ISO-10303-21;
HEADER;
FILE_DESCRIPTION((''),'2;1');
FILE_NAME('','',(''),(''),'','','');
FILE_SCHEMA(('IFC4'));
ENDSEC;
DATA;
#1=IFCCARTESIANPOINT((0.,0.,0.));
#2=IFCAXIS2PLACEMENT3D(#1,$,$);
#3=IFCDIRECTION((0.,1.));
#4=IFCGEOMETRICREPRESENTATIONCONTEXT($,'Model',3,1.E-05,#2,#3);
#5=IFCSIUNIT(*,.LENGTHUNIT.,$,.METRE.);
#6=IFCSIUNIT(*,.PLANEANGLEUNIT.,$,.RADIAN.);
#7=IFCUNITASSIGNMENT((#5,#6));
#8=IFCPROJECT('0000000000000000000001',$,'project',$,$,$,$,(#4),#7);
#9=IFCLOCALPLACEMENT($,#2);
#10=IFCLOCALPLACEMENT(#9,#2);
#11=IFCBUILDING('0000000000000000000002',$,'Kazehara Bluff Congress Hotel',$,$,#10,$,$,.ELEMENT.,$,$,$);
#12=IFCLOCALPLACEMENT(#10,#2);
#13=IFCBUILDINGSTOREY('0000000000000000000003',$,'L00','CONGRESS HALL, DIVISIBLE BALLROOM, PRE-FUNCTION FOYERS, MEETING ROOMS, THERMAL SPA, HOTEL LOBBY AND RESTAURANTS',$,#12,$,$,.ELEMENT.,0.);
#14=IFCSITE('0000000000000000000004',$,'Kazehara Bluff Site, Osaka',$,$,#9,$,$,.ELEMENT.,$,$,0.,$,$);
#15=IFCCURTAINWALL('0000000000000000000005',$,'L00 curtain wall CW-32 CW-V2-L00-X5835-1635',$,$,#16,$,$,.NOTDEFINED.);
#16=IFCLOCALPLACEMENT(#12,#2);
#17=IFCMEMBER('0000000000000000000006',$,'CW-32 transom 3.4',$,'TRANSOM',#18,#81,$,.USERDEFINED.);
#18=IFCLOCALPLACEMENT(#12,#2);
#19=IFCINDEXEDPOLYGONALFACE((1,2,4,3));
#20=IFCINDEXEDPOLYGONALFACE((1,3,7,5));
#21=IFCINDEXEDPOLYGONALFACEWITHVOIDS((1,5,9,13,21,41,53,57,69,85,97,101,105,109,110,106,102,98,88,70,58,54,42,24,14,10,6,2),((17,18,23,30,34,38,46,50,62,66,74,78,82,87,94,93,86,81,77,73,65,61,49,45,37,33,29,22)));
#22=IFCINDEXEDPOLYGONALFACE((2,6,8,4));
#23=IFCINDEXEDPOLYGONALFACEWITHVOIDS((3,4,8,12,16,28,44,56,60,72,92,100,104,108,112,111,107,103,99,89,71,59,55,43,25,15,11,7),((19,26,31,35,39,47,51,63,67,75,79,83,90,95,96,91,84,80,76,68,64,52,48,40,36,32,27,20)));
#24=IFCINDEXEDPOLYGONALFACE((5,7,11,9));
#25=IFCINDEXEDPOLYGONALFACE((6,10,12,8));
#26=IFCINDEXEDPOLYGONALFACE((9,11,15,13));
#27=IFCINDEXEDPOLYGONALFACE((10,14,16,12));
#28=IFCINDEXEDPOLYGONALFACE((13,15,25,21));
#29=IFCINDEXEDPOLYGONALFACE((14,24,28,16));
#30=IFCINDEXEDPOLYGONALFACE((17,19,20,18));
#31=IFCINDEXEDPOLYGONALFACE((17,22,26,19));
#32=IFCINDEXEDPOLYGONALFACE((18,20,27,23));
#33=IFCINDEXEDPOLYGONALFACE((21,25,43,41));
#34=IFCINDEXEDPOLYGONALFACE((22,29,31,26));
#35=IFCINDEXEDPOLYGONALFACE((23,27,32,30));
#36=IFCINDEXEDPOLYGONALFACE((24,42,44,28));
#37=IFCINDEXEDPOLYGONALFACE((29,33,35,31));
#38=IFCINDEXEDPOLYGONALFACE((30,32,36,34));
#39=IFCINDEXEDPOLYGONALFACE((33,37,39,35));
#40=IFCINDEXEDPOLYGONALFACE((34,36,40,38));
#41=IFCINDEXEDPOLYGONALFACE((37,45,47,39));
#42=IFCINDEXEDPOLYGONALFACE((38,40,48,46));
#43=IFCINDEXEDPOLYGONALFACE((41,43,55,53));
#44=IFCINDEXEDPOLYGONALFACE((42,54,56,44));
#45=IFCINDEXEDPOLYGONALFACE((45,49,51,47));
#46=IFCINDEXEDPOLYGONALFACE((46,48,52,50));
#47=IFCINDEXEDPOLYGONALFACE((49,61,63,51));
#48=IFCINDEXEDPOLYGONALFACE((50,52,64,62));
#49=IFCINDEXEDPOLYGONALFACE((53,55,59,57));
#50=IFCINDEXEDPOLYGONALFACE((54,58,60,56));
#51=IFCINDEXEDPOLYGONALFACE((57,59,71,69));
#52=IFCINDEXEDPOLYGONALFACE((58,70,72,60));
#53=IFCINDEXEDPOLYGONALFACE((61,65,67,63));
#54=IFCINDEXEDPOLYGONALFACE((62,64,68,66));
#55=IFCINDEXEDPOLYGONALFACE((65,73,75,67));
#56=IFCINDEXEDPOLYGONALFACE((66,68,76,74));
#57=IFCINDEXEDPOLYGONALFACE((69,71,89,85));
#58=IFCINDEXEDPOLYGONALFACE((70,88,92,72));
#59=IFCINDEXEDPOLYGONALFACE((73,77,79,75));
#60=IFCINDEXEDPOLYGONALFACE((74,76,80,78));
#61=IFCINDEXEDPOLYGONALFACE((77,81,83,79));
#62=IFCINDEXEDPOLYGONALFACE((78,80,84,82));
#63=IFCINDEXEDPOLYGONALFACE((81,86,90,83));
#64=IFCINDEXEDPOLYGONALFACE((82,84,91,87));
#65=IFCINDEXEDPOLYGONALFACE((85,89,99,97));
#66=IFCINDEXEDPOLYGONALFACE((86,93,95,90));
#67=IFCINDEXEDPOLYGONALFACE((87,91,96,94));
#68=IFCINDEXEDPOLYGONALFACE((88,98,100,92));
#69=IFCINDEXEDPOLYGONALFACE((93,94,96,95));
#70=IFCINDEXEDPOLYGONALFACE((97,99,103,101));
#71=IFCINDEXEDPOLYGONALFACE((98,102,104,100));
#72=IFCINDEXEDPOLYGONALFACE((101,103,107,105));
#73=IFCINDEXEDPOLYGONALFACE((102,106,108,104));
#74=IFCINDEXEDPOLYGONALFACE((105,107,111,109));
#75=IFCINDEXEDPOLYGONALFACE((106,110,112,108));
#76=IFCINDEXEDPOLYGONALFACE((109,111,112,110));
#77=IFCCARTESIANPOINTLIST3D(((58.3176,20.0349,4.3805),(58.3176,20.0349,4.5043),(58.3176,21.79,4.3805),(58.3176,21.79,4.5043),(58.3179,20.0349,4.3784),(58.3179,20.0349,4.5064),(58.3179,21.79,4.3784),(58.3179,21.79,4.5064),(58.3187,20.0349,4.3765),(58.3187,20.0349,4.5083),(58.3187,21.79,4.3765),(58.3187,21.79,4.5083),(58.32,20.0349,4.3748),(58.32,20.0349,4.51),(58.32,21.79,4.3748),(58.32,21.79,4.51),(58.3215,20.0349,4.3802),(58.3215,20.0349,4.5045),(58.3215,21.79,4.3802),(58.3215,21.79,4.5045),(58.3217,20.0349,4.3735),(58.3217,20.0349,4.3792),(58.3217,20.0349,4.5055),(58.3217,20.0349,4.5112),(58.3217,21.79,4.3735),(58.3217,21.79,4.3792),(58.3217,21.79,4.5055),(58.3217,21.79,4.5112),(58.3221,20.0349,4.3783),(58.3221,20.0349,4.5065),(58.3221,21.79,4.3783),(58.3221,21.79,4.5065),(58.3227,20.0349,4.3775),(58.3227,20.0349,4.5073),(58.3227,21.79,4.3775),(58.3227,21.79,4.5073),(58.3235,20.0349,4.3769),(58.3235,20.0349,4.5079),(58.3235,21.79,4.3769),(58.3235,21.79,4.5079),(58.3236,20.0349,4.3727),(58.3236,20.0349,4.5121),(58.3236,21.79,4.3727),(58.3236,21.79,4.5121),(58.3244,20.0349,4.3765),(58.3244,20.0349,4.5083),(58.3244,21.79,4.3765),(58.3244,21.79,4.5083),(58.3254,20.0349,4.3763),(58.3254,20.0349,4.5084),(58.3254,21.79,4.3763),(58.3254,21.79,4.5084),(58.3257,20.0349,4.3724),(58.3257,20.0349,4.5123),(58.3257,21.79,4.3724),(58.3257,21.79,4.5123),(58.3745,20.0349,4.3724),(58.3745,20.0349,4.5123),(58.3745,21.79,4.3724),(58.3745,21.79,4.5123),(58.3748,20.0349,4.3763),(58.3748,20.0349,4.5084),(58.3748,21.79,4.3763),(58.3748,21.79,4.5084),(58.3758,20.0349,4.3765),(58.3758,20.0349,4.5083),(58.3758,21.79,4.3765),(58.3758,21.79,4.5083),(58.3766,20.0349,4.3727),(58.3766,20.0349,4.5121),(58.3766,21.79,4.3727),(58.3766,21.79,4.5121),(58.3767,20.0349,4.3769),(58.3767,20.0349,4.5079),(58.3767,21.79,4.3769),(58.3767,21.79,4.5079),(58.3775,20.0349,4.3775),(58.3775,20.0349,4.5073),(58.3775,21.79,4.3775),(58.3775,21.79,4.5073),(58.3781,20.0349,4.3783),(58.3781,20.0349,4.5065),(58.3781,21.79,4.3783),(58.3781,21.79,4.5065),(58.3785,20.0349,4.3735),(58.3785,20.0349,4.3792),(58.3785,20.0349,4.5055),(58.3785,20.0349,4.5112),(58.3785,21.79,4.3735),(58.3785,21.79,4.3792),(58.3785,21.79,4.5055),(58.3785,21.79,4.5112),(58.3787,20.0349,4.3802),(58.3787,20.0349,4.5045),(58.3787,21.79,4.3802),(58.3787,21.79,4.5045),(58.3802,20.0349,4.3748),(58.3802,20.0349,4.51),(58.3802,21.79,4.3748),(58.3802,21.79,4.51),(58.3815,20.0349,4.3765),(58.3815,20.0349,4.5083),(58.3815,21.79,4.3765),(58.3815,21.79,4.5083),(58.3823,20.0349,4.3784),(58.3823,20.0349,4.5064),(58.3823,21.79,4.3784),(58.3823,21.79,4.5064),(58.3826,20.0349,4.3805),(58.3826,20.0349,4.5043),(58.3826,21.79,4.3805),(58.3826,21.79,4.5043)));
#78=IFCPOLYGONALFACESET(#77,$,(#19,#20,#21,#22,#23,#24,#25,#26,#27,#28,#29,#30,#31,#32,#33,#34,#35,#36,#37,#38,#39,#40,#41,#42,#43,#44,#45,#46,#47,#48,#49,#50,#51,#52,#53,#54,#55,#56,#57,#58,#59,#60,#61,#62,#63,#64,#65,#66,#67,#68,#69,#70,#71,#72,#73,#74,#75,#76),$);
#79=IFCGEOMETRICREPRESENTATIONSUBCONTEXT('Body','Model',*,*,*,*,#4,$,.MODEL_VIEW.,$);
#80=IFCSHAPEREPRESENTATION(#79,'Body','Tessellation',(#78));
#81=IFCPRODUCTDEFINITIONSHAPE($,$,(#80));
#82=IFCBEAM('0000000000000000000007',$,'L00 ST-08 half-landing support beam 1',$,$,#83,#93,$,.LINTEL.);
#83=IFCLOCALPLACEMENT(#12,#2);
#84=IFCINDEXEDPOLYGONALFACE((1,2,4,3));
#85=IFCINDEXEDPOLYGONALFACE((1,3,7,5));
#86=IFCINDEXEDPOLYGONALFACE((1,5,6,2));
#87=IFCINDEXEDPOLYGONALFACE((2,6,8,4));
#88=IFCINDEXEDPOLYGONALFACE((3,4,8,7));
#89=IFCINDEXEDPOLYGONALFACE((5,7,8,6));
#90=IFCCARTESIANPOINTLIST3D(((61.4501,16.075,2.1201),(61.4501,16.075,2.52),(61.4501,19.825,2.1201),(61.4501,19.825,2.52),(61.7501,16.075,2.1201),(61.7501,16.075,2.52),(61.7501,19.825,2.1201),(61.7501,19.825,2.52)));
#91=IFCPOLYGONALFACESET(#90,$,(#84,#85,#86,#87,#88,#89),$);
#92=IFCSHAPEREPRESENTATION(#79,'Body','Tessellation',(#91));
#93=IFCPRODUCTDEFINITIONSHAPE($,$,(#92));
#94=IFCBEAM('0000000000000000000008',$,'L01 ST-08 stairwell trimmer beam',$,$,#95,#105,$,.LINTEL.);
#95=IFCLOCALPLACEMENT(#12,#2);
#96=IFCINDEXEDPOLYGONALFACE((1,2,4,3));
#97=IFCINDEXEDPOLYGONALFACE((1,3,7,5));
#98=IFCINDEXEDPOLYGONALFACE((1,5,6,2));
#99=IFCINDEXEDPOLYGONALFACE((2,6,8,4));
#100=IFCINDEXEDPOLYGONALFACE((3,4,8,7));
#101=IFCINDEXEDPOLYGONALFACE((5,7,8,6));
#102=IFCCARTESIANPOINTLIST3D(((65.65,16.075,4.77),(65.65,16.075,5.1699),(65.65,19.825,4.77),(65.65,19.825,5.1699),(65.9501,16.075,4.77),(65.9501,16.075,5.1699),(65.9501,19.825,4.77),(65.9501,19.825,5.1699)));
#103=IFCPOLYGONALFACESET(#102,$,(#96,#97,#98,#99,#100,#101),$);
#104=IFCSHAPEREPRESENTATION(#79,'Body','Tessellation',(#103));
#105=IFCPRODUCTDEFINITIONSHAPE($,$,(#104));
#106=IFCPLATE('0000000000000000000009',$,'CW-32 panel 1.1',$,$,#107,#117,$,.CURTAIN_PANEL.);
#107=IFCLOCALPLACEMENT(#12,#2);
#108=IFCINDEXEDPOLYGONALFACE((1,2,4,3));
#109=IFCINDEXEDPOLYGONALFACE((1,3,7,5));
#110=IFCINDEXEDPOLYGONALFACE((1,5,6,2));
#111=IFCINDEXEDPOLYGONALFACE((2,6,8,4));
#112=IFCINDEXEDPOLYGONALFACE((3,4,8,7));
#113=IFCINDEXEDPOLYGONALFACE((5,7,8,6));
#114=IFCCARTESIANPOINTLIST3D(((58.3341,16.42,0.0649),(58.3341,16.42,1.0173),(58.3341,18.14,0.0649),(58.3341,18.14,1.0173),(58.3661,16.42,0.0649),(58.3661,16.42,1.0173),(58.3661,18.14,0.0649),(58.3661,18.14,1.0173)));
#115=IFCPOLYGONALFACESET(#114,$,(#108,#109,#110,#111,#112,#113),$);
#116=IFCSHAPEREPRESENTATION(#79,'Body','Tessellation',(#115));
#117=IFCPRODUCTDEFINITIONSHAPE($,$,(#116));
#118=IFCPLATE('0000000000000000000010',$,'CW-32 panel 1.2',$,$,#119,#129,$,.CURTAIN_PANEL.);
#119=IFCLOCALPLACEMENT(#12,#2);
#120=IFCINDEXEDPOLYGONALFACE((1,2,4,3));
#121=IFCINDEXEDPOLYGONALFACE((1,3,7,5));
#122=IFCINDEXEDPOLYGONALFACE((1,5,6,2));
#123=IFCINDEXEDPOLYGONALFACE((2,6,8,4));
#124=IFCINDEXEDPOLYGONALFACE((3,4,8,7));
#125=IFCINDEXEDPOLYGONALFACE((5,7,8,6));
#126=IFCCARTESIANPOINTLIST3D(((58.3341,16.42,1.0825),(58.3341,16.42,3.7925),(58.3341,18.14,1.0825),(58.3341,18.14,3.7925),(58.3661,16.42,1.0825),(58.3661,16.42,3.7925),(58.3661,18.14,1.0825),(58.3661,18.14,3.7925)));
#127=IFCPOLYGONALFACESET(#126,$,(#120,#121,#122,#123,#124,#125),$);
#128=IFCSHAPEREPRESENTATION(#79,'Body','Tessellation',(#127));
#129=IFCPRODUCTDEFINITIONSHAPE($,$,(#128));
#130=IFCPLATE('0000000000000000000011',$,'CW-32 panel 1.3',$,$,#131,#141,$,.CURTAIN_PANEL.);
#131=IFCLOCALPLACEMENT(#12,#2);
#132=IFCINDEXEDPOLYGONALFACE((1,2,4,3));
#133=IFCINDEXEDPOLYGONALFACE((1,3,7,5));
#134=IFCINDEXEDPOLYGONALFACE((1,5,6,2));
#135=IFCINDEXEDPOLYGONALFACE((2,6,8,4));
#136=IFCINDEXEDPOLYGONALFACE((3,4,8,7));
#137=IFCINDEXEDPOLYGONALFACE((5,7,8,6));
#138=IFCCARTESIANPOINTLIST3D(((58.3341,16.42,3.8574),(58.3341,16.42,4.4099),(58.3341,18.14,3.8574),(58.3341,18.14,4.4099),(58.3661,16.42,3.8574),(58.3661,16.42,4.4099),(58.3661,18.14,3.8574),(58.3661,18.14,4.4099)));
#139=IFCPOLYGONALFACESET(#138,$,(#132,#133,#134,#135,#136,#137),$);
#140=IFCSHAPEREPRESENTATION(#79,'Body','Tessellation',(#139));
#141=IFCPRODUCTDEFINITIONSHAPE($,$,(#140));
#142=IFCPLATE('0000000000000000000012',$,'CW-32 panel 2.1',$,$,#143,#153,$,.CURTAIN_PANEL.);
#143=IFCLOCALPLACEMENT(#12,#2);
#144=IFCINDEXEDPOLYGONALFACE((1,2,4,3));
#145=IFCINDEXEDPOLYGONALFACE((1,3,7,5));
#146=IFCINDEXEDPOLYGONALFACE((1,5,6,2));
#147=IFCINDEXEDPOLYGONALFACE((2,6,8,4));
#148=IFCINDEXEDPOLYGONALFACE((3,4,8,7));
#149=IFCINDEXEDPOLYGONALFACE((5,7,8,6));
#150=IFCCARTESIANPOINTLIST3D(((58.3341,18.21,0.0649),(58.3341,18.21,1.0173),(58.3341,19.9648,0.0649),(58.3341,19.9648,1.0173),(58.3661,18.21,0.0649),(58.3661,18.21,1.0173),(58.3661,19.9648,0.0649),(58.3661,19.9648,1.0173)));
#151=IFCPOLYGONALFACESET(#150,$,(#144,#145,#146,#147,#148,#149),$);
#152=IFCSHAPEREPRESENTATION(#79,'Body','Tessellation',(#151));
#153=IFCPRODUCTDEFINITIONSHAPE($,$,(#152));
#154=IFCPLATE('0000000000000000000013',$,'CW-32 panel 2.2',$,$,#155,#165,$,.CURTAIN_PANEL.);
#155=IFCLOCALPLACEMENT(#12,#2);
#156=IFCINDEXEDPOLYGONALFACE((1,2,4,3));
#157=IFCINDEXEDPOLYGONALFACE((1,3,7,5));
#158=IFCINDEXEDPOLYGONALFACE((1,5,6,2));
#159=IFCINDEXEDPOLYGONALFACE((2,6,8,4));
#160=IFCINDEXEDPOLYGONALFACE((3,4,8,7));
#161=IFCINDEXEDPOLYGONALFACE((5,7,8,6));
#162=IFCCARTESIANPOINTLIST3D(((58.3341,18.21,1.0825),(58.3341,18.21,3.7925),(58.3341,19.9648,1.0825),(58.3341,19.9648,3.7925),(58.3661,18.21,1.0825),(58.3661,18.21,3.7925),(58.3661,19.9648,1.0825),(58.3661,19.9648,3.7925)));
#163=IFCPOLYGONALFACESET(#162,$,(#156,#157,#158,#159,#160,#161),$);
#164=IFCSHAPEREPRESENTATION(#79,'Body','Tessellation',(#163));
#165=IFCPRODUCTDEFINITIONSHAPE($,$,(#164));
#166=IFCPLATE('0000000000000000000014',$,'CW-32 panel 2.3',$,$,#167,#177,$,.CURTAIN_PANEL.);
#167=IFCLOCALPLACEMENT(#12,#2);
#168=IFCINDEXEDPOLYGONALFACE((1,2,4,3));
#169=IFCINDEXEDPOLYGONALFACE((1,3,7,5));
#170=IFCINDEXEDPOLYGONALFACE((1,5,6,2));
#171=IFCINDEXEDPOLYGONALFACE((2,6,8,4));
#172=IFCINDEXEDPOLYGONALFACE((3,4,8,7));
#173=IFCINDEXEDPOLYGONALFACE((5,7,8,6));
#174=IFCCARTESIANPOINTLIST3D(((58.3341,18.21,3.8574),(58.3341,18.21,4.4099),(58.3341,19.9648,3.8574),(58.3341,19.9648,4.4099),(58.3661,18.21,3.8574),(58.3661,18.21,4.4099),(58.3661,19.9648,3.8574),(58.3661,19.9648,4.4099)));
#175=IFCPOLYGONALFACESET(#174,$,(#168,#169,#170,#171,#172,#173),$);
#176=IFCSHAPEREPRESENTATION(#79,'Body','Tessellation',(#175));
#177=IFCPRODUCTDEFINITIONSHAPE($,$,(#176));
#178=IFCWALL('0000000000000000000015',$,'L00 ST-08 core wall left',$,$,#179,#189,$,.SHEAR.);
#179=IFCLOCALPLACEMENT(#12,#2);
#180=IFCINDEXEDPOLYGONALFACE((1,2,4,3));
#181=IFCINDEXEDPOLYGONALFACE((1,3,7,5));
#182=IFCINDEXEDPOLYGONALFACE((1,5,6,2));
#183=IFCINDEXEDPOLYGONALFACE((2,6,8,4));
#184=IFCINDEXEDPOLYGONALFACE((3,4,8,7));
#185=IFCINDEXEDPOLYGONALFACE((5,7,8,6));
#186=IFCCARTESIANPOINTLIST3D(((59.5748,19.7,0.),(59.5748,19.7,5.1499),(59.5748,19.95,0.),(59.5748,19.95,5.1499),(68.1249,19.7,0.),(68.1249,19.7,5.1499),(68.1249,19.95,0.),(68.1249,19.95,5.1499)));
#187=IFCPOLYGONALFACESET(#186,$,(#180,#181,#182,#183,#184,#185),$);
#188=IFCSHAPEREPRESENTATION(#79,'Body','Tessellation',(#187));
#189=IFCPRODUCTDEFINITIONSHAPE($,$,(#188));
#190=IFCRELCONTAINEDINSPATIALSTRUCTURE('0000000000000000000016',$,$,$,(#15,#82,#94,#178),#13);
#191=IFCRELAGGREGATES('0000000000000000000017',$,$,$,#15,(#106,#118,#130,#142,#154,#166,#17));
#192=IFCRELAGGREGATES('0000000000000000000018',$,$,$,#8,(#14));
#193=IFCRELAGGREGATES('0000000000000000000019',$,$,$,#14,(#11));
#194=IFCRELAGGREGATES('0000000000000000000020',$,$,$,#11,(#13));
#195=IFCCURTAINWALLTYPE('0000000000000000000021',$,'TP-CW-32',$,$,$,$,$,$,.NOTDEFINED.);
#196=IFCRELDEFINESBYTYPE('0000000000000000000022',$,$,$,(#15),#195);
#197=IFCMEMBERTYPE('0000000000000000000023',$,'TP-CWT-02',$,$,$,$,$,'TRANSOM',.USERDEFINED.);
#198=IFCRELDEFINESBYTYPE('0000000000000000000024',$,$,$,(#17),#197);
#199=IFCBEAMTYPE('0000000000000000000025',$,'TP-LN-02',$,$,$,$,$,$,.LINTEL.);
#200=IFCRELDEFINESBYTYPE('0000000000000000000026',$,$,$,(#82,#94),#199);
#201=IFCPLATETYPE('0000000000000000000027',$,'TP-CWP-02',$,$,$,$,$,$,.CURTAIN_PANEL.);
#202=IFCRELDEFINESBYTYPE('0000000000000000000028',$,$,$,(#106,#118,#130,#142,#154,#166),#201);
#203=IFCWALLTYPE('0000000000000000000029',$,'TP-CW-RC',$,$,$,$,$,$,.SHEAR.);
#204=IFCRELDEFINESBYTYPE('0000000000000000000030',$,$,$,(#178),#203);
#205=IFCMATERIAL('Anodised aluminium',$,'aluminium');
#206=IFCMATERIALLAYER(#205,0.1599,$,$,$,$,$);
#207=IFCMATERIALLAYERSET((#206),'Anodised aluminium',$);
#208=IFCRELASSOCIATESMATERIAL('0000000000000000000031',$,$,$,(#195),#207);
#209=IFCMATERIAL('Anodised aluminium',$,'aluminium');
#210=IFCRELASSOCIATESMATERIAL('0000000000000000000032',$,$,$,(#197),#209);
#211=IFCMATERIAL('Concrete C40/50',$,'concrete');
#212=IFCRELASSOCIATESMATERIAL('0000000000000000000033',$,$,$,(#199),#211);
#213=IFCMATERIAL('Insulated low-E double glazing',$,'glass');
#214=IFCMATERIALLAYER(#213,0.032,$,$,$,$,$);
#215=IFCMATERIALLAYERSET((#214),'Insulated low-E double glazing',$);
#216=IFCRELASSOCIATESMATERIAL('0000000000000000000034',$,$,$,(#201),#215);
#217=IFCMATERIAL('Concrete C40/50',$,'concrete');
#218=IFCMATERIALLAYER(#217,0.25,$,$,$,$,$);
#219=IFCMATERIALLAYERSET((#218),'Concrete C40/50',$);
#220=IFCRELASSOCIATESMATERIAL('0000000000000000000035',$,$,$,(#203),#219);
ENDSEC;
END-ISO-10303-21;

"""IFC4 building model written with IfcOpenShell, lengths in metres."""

from ifc_helpers import new_model, si_unit, direction, frame, frame_2d, origin, origin_2d, place, context, subcontext, project, spatial, rectangle, hollow_rectangle, extrude, material, layer, layer_set, material_profile, profile_set, type_object, element, aggregate, save


model = new_model("IFC4")

# Units and contexts
model_context = context("Model", 3, precision=1e-05, world=origin(), true_north=direction((0.0, 1.0)))
body_context = subcontext(model_context, "Body", "Model", "MODEL_VIEW")
ifc_project = project(units=[si_unit("LENGTHUNIT", "METRE"), si_unit("PLANEANGLEUNIT", "RADIAN")], contexts=[model_context])

# Site, building, storey
site_placement = place(None, origin())
site = spatial("IfcSite", under=ifc_project, at=site_placement, Name="Kazehara Bluff Site, Osaka", CompositionType="ELEMENT", RefElevation=0.0)
building_placement = place(site_placement, origin())
building = spatial("IfcBuilding", under=site, at=building_placement, Name="Kazehara Bluff Congress Hotel", CompositionType="ELEMENT")
storey_placement = place(building_placement, origin())
storey = spatial("IfcBuildingStorey", under=building, at=storey_placement, Name="L00", Description="CONGRESS HALL, DIVISIBLE BALLROOM, PRE-FUNCTION FOYERS, MEETING ROOMS, THERMAL SPA, HOTEL LOBBY AND RESTAURANTS", CompositionType="ELEMENT", Elevation=0.0)

# Curtain wall, member
ifc_material_1 = material(Name="Anodised aluminium", Category="aluminium")
ifc_layer_1 = layer(ifc_material_1, 0.1599)
ifc_layer_set_1 = layer_set([ifc_layer_1], Name="Anodised aluminium")
curtain_wall_type = type_object("IfcCurtainWallType", Name="TP-CW-32", PredefinedType="NOTDEFINED", material=ifc_layer_set_1)
curtain_wall_placement = place(storey_placement, origin())
curtain_wall = element("IfcCurtainWall", 1, at=curtain_wall_placement, inside=storey, type_object=curtain_wall_type, Name="L00 curtain wall CW-32 CW-V2-L00-X5835-1635", PredefinedType="NOTDEFINED")
ifc_material_2 = material(Name="Anodised aluminium", Category="aluminium")
ifc_material_profile_1 = material_profile(ifc_material_2, hollow_rectangle(XDim=0.0649, YDim=0.1399, WallThickness=0.0039, InnerFilletRadius=0.0039, OuterFilletRadius=0.0081, at=origin_2d()))
ifc_profile_set_1 = profile_set([ifc_material_profile_1], Name="Anodised aluminium")
member_type_1 = type_object("IfcMemberType", Name="TP-CWT-02", ElementType="TRANSOM", PredefinedType="USERDEFINED", material=ifc_profile_set_1)
member_1_placement = place(storey_placement, frame((58.3501, 20.0349, 4.4424), z_axis=(0.0, 1.0, 0.0), x_axis=(-1.0, 0.0, 0.0)))
member_1 = element("IfcMember", 2, at=member_1_placement, type_object=member_type_1, Name="CW-32 transom 3.4", ObjectType="TRANSOM", PredefinedType="USERDEFINED", context=body_context, shape_type="SweptSolid", body=[
    extrude(hollow_rectangle(XDim=0.0649, YDim=0.1399, WallThickness=0.0039, InnerFilletRadius=0.0039, OuterFilletRadius=0.0081, at=origin_2d()), origin(), (0.0, 0.0, 1.0), 1.7551),
])

# Beams
ifc_material_3 = material(Name="Concrete C40/50", Category="concrete")
ifc_material_profile_2 = material_profile(ifc_material_3, rectangle(XDim=0.3, YDim=0.3999, at=origin_2d()))
ifc_profile_set_2 = profile_set([ifc_material_profile_2], Name="Concrete C40/50")
beam_type = type_object("IfcBeamType", Name="TP-LN-02", PredefinedType="LINTEL", material=ifc_profile_set_2)
for number, where, z_axis, x_axis, name in (
    (3, (61.6001, 19.825, 2.3201), (0.0, -1.0, 0.0), (1.0, 0.0, 0.0), "L00 ST-08 half-landing support beam 1"),
    (4, (65.8, 19.825, 4.97), (0.0, -1.0, 0.0), (1.0, 0.0, 0.0), "L01 ST-08 stairwell trimmer beam"),
):
    element("IfcBeam", number, at=place(storey_placement, frame(where, z_axis=z_axis, x_axis=x_axis)), inside=storey, type_object=beam_type, Name=name, PredefinedType="LINTEL", context=body_context, shape_type="SweptSolid", body=[
        extrude(rectangle(XDim=0.3, YDim=0.3999, at=origin_2d()), origin(), (0.0, 0.0, 1.0), 3.75),
    ])

# Plates
ifc_material_4 = material(Name="Insulated low-E double glazing", Category="glass")
ifc_layer_2 = layer(ifc_material_4, 0.032)
ifc_layer_set_2 = layer_set([ifc_layer_2], Name="Insulated low-E double glazing")
plate_type = type_object("IfcPlateType", Name="TP-CWP-02", PredefinedType="CURTAIN_PANEL", material=ifc_layer_set_2)
plate_1_placement = place(storey_placement, frame((58.3501, 17.28, 0.0649), z_axis=(0.0, 0.0, 1.0), x_axis=(0.0, 1.0, 0.0)))
plate_1 = element("IfcPlate", 5, at=plate_1_placement, type_object=plate_type, Name="CW-32 panel 1.1", PredefinedType="CURTAIN_PANEL", context=body_context, shape_type="SweptSolid", body=[
    extrude(rectangle(XDim=1.72, YDim=0.032, at=origin_2d()), origin(), (0.0, 0.0, 1.0), 0.9524),
])
plate_2_placement = place(storey_placement, frame((58.3501, 17.28, 1.0825), z_axis=(0.0, 0.0, 1.0), x_axis=(0.0, 1.0, 0.0)))
plate_2 = element("IfcPlate", 6, at=plate_2_placement, type_object=plate_type, Name="CW-32 panel 1.2", PredefinedType="CURTAIN_PANEL", context=body_context, shape_type="SweptSolid", body=[
    extrude(rectangle(XDim=1.72, YDim=0.032, at=origin_2d()), origin(), (0.0, 0.0, 1.0), 2.71),
])
plate_3_placement = place(storey_placement, frame((58.3501, 17.28, 3.8574), z_axis=(0.0, 0.0, 1.0), x_axis=(0.0, 1.0, 0.0)))
plate_3 = element("IfcPlate", 7, at=plate_3_placement, type_object=plate_type, Name="CW-32 panel 1.3", PredefinedType="CURTAIN_PANEL", context=body_context, shape_type="SweptSolid", body=[
    extrude(rectangle(XDim=1.72, YDim=0.032, at=origin_2d()), origin(), (0.0, 0.0, 1.0), 0.5525),
])
plate_4_placement = place(storey_placement, frame((58.3501, 19.0874, 0.0649), z_axis=(0.0, 0.0, 1.0), x_axis=(0.0, 1.0, 0.0)))
plate_4 = element("IfcPlate", 8, at=plate_4_placement, type_object=plate_type, Name="CW-32 panel 2.1", PredefinedType="CURTAIN_PANEL", context=body_context, shape_type="SweptSolid", body=[
    extrude(rectangle(XDim=1.7549, YDim=0.032, at=origin_2d()), origin(), (0.0, 0.0, 1.0), 0.9524),
])
plate_5_placement = place(storey_placement, frame((58.3501, 19.0874, 1.0825), z_axis=(0.0, 0.0, 1.0), x_axis=(0.0, 1.0, 0.0)))
plate_5 = element("IfcPlate", 9, at=plate_5_placement, type_object=plate_type, Name="CW-32 panel 2.2", PredefinedType="CURTAIN_PANEL", context=body_context, shape_type="SweptSolid", body=[
    extrude(rectangle(XDim=1.7549, YDim=0.032, at=origin_2d()), origin(), (0.0, 0.0, 1.0), 2.71),
])
plate_6_placement = place(storey_placement, frame((58.3501, 19.0874, 3.8574), z_axis=(0.0, 0.0, 1.0), x_axis=(0.0, 1.0, 0.0)))
plate_6 = element("IfcPlate", 10, at=plate_6_placement, type_object=plate_type, Name="CW-32 panel 2.3", PredefinedType="CURTAIN_PANEL", context=body_context, shape_type="SweptSolid", body=[
    extrude(rectangle(XDim=1.7549, YDim=0.032, at=origin_2d()), origin(), (0.0, 0.0, 1.0), 0.5525),
])
aggregate(curtain_wall, [plate_1, plate_2, plate_3, plate_4, plate_5, plate_6, member_1])

# Wall
ifc_material_5 = material(Name="Concrete C40/50", Category="concrete")
ifc_layer_3 = layer(ifc_material_5, 0.25)
ifc_layer_set_3 = layer_set([ifc_layer_3], Name="Concrete C40/50")
wall_type_1 = type_object("IfcWallType", Name="TP-CW-RC", PredefinedType="SHEAR", material=ifc_layer_set_3)
wall_1_placement = place(storey_placement, frame((59.575, 19.825, 0.0), z_axis=(0.0, 0.0, 1.0), x_axis=(1.0, 0.0, 0.0)))
element("IfcWall", 11, at=wall_1_placement, inside=storey, type_object=wall_type_1, Name="L00 ST-08 core wall left", PredefinedType="SHEAR", context=body_context, shape_type="SweptSolid", body=[
    extrude(rectangle(XDim=8.55, YDim=0.25, at=frame_2d((4.2749, 0.0))), origin(), (0.0, 0.0, 1.0), 5.1499),
])

save(model, "model.ifc")
